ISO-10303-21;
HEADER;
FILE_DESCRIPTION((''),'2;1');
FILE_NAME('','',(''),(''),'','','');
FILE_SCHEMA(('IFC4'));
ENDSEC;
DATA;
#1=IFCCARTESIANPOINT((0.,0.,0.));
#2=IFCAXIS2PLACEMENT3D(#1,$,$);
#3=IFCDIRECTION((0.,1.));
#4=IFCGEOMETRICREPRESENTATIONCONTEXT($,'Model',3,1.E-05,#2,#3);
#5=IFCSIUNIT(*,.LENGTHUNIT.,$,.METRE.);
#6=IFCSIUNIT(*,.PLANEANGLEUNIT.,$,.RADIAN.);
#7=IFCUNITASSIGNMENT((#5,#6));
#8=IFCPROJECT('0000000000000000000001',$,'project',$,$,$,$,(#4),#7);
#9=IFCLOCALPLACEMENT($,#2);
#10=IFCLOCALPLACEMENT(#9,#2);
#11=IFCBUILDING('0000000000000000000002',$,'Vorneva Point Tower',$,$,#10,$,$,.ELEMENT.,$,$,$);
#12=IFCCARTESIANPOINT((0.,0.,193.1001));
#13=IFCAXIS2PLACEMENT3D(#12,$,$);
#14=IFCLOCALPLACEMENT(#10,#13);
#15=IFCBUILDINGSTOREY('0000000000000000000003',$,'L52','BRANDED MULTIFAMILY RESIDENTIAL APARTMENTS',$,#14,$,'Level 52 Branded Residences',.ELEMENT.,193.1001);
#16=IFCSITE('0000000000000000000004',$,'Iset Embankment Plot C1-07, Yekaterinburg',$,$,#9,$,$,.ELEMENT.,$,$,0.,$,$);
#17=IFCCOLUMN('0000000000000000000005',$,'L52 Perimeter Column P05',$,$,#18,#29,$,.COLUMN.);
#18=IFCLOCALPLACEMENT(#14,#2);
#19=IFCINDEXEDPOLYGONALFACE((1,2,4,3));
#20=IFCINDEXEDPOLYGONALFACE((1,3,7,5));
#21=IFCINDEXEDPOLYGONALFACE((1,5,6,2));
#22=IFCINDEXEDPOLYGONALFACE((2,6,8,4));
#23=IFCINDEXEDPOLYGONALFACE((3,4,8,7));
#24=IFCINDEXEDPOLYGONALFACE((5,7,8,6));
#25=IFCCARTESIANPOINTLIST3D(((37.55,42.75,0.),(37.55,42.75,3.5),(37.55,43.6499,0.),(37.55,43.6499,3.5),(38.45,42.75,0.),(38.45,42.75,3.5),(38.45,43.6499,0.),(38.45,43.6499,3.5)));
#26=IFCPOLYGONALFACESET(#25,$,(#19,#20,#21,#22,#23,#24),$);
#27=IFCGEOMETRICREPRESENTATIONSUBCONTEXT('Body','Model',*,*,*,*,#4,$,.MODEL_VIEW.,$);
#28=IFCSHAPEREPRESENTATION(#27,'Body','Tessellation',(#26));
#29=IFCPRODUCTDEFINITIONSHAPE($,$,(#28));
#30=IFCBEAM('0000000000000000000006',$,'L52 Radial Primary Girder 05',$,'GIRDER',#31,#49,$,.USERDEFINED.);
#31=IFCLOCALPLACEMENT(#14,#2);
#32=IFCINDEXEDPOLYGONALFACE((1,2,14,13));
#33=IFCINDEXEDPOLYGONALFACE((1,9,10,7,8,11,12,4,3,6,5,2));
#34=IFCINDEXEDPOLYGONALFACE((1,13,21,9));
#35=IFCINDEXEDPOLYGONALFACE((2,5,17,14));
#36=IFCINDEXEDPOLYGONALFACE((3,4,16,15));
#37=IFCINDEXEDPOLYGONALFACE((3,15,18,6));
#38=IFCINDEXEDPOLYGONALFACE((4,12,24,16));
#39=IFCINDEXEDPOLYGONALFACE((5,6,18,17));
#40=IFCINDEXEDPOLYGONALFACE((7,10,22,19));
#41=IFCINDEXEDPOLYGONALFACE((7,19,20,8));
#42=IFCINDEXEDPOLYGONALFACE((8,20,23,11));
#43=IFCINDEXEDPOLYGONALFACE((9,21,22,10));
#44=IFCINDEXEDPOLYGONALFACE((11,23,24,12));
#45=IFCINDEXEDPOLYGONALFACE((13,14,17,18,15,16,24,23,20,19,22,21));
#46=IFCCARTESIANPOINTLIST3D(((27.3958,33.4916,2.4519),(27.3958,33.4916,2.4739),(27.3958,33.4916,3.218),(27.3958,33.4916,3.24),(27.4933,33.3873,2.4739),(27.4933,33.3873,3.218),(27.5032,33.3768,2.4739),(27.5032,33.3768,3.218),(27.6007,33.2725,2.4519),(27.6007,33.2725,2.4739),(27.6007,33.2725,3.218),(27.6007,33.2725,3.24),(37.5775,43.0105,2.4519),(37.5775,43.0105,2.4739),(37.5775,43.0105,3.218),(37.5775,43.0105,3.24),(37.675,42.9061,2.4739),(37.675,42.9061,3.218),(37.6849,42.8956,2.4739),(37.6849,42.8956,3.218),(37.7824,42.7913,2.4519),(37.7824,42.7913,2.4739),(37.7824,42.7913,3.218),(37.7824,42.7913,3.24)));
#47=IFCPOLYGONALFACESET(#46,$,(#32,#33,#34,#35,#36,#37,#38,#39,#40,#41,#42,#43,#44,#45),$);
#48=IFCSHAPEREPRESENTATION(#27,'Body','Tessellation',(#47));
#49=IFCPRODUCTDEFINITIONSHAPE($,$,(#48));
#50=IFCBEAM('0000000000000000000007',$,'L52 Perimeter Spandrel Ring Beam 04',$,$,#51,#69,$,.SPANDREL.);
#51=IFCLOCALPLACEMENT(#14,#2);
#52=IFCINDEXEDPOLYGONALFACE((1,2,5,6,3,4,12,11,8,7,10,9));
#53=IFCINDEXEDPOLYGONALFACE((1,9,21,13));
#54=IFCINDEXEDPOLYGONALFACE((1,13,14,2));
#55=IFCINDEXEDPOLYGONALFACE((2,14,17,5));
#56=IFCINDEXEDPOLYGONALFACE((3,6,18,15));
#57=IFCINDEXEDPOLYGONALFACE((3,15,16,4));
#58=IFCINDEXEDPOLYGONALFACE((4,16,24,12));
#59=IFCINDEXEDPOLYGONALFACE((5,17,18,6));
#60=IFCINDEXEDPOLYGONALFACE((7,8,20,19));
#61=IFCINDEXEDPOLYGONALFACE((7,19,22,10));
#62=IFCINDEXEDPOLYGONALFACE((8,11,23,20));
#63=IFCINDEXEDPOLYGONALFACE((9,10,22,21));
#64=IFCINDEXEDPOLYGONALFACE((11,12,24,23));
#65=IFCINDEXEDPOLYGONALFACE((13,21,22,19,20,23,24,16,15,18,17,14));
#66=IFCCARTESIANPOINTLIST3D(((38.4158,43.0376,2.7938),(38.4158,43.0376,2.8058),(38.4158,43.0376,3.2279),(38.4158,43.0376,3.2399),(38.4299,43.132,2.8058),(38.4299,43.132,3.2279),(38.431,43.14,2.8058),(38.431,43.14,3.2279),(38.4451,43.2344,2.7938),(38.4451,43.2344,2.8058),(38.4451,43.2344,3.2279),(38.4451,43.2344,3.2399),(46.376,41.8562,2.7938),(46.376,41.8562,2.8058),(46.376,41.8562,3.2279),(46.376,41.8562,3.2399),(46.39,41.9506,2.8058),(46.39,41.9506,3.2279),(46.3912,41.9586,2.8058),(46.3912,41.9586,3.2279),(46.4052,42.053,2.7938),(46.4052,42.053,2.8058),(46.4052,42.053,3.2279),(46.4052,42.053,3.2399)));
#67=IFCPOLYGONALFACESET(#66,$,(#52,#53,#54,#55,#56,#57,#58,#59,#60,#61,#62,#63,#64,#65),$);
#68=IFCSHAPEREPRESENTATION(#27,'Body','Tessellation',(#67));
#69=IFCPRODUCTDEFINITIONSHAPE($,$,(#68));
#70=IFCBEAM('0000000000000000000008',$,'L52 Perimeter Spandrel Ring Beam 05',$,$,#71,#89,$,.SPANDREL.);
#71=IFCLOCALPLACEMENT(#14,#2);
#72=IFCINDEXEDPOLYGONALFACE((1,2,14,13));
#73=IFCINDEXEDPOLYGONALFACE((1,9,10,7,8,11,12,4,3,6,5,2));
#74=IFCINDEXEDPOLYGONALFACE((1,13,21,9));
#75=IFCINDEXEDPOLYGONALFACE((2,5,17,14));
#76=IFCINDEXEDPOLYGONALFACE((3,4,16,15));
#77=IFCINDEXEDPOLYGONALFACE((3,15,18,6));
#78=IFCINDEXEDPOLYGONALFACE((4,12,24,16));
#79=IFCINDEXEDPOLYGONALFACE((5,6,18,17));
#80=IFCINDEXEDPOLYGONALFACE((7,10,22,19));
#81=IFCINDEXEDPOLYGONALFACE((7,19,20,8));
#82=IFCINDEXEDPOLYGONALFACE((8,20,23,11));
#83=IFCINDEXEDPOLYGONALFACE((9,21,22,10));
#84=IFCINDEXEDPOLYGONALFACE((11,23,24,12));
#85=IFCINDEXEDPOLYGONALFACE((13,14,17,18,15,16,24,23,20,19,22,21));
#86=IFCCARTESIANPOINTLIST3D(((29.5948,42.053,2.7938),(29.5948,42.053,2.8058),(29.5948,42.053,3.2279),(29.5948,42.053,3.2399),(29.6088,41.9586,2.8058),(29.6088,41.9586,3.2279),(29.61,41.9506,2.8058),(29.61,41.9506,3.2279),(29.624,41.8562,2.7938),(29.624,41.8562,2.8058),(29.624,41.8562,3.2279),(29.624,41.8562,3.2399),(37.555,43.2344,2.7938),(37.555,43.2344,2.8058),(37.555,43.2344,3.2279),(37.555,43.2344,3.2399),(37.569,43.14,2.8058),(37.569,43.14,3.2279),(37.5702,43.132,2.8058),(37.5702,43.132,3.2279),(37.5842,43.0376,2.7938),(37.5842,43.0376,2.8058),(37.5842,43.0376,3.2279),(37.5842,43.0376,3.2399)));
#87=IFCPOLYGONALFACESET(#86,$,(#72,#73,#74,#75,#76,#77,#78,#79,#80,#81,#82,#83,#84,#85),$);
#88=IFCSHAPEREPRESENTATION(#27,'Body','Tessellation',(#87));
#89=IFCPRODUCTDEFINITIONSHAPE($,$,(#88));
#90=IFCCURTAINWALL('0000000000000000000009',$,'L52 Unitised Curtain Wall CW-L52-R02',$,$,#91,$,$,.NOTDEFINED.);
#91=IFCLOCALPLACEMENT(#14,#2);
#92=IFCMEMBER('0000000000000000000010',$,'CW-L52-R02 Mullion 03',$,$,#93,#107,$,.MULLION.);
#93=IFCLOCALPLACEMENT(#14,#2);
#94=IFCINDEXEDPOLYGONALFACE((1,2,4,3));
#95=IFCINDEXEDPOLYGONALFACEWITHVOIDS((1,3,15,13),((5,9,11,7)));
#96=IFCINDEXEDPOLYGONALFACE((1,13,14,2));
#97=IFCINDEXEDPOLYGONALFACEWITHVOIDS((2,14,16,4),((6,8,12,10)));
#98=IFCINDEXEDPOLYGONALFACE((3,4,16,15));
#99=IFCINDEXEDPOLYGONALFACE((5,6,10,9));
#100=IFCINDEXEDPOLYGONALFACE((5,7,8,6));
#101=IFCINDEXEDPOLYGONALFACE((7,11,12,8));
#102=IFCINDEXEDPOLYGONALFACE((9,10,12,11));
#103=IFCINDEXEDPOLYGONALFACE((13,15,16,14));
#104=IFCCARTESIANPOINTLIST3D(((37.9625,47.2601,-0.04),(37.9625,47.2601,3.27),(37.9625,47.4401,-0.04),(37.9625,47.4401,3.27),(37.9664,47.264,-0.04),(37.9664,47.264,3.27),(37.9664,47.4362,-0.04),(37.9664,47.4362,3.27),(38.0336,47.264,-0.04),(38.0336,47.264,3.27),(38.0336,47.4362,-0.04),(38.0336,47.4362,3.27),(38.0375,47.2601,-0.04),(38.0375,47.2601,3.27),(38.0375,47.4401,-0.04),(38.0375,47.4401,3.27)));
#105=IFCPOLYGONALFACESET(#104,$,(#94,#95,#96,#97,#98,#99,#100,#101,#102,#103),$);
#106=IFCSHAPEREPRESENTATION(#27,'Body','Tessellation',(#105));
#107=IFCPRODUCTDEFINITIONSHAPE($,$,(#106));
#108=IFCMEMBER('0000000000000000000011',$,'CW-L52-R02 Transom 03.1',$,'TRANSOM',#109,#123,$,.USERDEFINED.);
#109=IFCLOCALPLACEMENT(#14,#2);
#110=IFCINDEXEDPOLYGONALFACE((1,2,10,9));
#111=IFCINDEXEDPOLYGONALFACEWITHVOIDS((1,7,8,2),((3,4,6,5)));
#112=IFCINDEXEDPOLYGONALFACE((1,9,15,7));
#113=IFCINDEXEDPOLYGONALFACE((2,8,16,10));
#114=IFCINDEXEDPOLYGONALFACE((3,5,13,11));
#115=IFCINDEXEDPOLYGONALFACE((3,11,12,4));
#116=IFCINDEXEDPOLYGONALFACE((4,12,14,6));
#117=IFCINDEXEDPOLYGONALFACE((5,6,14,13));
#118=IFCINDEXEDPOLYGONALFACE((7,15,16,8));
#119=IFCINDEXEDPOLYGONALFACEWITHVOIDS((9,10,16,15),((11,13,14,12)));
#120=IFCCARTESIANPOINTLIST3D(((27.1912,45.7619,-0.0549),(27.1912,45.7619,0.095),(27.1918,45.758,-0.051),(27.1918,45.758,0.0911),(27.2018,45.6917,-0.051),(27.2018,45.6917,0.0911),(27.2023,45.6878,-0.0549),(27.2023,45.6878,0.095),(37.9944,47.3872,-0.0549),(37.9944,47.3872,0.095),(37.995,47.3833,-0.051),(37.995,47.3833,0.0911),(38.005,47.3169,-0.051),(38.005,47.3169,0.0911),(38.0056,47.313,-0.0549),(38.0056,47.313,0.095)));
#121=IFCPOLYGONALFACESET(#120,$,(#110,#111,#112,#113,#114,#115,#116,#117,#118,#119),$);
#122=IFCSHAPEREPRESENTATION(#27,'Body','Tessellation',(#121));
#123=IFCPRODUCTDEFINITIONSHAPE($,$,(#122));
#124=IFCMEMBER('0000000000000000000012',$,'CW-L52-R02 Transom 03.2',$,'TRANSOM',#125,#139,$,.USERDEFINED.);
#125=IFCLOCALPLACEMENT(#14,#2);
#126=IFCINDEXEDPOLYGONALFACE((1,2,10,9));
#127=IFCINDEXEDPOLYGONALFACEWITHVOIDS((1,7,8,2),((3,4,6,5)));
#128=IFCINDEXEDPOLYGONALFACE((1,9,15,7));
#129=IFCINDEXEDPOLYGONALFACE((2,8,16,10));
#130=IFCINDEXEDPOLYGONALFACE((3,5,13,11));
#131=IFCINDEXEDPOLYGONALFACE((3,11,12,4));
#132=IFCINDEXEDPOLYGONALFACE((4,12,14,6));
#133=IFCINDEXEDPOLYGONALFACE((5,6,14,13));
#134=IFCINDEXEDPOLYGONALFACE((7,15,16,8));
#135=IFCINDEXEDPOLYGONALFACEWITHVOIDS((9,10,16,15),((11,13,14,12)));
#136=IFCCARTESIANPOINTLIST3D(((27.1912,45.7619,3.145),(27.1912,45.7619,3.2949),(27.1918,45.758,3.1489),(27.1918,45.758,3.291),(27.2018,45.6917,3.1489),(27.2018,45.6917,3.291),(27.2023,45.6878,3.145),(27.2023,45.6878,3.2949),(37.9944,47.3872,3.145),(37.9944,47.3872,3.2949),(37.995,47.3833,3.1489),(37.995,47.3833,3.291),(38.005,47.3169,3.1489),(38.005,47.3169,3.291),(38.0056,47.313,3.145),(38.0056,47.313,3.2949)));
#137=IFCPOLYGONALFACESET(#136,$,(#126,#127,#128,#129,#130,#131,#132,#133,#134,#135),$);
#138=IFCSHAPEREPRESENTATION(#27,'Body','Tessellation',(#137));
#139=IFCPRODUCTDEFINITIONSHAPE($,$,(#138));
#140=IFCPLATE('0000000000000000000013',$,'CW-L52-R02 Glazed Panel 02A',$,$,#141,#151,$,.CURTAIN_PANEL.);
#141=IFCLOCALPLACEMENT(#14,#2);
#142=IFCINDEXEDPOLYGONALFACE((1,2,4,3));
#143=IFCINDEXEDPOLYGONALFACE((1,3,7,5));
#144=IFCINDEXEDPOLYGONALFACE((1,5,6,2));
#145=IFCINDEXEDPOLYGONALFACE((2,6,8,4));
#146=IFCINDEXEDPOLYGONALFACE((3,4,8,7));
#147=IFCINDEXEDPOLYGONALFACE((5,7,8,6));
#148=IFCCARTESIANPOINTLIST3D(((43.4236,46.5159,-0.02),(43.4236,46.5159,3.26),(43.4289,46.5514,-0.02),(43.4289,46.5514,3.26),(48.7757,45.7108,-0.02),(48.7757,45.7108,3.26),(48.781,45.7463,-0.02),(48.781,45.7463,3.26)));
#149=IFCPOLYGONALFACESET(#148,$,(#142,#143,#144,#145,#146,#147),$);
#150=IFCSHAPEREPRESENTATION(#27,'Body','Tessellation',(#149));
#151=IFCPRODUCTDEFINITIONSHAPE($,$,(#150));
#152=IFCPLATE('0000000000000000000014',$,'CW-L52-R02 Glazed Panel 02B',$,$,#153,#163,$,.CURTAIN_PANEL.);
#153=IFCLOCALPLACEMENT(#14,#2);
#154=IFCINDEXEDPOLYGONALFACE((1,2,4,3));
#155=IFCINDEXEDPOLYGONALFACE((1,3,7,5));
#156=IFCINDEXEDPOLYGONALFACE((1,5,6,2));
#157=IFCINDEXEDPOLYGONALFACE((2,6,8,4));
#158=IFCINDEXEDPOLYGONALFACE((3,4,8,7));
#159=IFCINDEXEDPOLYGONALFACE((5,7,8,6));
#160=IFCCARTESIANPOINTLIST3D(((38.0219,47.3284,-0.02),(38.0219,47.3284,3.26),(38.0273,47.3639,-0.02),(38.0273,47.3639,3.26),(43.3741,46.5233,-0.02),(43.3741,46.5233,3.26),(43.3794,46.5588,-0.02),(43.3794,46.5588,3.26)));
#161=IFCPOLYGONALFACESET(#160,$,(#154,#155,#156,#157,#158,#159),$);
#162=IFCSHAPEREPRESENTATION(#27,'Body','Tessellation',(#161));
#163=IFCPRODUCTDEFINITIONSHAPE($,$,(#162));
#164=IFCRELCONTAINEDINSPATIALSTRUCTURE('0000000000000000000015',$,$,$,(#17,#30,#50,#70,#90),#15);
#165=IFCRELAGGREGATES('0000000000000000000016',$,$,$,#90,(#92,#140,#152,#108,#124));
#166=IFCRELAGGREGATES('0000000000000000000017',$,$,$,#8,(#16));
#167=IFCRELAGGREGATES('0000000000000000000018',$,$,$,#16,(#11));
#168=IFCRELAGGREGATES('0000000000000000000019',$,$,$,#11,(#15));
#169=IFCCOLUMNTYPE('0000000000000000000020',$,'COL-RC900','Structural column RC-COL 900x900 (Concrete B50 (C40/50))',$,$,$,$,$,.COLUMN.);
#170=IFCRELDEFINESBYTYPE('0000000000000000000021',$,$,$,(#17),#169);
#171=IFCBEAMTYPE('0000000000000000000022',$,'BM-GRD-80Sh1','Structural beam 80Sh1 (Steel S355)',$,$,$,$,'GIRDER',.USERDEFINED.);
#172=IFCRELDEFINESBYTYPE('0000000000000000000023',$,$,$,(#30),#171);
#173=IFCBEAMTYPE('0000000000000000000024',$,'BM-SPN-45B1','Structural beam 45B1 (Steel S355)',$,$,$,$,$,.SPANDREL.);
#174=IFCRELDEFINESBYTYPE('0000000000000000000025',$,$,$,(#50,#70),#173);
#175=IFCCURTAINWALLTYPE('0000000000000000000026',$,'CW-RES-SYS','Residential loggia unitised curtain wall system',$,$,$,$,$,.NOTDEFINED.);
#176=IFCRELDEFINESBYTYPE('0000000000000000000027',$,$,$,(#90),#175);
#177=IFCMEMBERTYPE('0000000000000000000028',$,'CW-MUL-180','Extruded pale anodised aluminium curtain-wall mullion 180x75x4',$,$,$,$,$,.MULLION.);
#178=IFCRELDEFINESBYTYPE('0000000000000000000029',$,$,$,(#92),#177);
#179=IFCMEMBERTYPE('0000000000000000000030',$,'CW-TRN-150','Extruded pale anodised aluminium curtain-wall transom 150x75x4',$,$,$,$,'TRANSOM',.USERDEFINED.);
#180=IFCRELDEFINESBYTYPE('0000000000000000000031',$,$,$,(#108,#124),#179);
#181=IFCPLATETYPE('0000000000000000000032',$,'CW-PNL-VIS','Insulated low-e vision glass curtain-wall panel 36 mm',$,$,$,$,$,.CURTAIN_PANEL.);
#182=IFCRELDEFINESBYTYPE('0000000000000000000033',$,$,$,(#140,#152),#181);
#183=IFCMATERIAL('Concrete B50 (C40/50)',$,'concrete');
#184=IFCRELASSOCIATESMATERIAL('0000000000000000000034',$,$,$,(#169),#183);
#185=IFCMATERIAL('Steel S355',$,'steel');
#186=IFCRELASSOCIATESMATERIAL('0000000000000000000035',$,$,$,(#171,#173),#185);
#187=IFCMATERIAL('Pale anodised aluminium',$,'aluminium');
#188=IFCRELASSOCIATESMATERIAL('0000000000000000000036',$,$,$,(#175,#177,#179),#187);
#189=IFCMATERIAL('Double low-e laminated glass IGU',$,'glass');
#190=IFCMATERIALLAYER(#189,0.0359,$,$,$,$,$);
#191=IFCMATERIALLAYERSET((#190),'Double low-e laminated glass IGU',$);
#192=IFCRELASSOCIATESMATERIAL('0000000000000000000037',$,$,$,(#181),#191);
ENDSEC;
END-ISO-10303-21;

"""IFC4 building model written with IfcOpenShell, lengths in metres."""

from ifc_helpers import new_model, si_unit, direction, frame, origin, origin_2d, place, context, subcontext, project, spatial, rectangle, hollow_rectangle, i_section, extrude, material, layer, layer_set, material_profile, profile_set, type_object, element, aggregate, save


model = new_model("IFC4")

# Units and contexts
model_context = context("Model", 3, precision=1e-05, world=origin(), true_north=direction((0.0, 1.0)))
body_context = subcontext(model_context, "Body", "Model", "MODEL_VIEW")
ifc_project = project(units=[si_unit("LENGTHUNIT", "METRE"), si_unit("PLANEANGLEUNIT", "RADIAN")], contexts=[model_context])

# Site, building, storey
site_placement = place(None, origin())
site = spatial("IfcSite", under=ifc_project, at=site_placement, Name="Iset Embankment Plot C1-07, Yekaterinburg", CompositionType="ELEMENT", RefElevation=0.0)
building_placement = place(site_placement, origin())
building = spatial("IfcBuilding", under=site, at=building_placement, Name="Vorneva Point Tower", CompositionType="ELEMENT")
storey_placement = place(building_placement, frame((0.0, 0.0, 193.1001)))
storey = spatial("IfcBuildingStorey", under=building, at=storey_placement, Name="L52", Description="BRANDED MULTIFAMILY RESIDENTIAL APARTMENTS", LongName="Level 52 Branded Residences", CompositionType="ELEMENT", Elevation=193.1001)

# Column
ifc_material_1 = material(Name="Concrete B50 (C40/50)", Category="concrete")
ifc_material_profile_1 = material_profile(ifc_material_1, rectangle(XDim=0.8999, YDim=0.8999, at=origin_2d()), Name="RC-COL 900x900")
ifc_profile_set_1 = profile_set([ifc_material_profile_1], Name="Concrete B50 (C40/50)")
column_type = type_object("IfcColumnType", Name="COL-RC900", Description="Structural column RC-COL 900x900 (Concrete B50 (C40/50))", PredefinedType="COLUMN", material=ifc_profile_set_1)
column_placement = place(storey_placement, frame((38.0, 43.2, 0.0), z_axis=(0.0, 0.0, 1.0), x_axis=(0.0, 1.0, 0.0)))
element("IfcColumn", 1, at=column_placement, inside=storey, type_object=column_type, Name="L52 Perimeter Column P05", PredefinedType="COLUMN", context=body_context, shape_type="SweptSolid", body=[
    extrude(rectangle(XDim=0.8999, YDim=0.8999, at=origin_2d()), origin(), (0.0, 0.0, 1.0), 3.5),
])

# Beams
ifc_material_2 = material(Name="Steel S355", Category="steel")
ifc_material_profile_2 = material_profile(ifc_material_2, i_section(OverallWidth=0.3, OverallDepth=0.7881, WebThickness=0.0144, FlangeThickness=0.022, at=origin_2d()), Name="80Sh1")
ifc_profile_set_2 = profile_set([ifc_material_profile_2], Name="Steel S355")
beam_type_1 = type_object("IfcBeamType", Name="BM-GRD-80Sh1", Description="Structural beam 80Sh1 (Steel S355)", ElementType="GIRDER", PredefinedType="USERDEFINED", material=ifc_profile_set_2)
beam_placement = place(storey_placement, frame((37.6799, 42.9009, 2.8459), z_axis=(-0.730485, -0.682929, 0.0), x_axis=(0.682929, -0.730485, 0.0)))
element("IfcBeam", 2, at=beam_placement, inside=storey, type_object=beam_type_1, Name="L52 Radial Primary Girder 05", ObjectType="GIRDER", PredefinedType="USERDEFINED", context=body_context, shape_type="SweptSolid", body=[
    extrude(i_section(OverallWidth=0.3, OverallDepth=0.7881, WebThickness=0.0144, FlangeThickness=0.022, at=origin_2d()), origin(), (0.0, 0.0, 1.0), 13.9382),
])
ifc_material_profile_3 = material_profile(ifc_material_2, i_section(OverallWidth=0.199, OverallDepth=0.446, WebThickness=0.0081, FlangeThickness=0.012, at=origin_2d()), Name="45B1")
ifc_profile_set_3 = profile_set([ifc_material_profile_3], Name="Steel S355")
beam_type_2 = type_object("IfcBeamType", Name="BM-SPN-45B1", Description="Structural beam 45B1 (Steel S355)", PredefinedType="SPANDREL", material=ifc_profile_set_3)
for number, where, z_axis, x_axis, name in (
    (3, (46.3906, 41.9546, 3.0168), (-0.989165, 0.146805, 0.0), (-0.146805, -0.989165, 0.0), "L52 Perimeter Spandrel Ring Beam 04"),
    (4, (37.5696, 43.136, 3.0168), (-0.989165, -0.146805, 0.0), (0.146805, -0.989165, 0.0), "L52 Perimeter Spandrel Ring Beam 05"),
):
    element("IfcBeam", number, at=place(storey_placement, frame(where, z_axis=z_axis, x_axis=x_axis)), inside=storey, type_object=beam_type_2, Name=name, PredefinedType="SPANDREL", context=body_context, shape_type="SweptSolid", body=[
        extrude(i_section(OverallWidth=0.199, OverallDepth=0.446, WebThickness=0.0081, FlangeThickness=0.012, at=origin_2d()), origin(), (0.0, 0.0, 1.0), 8.0474),
    ])

# Curtain wall, members, plates
ifc_material_3 = material(Name="Pale anodised aluminium", Category="aluminium")
curtain_wall_type = type_object("IfcCurtainWallType", Name="CW-RES-SYS", Description="Residential loggia unitised curtain wall system", PredefinedType="NOTDEFINED", material=ifc_material_3)
curtain_wall_placement = place(storey_placement, origin())
curtain_wall = element("IfcCurtainWall", 5, at=curtain_wall_placement, inside=storey, type_object=curtain_wall_type, Name="L52 Unitised Curtain Wall CW-L52-R02", PredefinedType="NOTDEFINED")
ifc_material_profile_4 = material_profile(ifc_material_3, hollow_rectangle(XDim=0.075, YDim=0.1799, WallThickness=0.0039, at=origin_2d()), Name="AL-MUL 180x75x4")
ifc_profile_set_4 = profile_set([ifc_material_profile_4], Name="Pale anodised aluminium")
member_type_1 = type_object("IfcMemberType", Name="CW-MUL-180", Description="Extruded pale anodised aluminium curtain-wall mullion 180x75x4", PredefinedType="MULLION", material=ifc_profile_set_4)
member_1_placement = place(storey_placement, frame((38.0, 47.3501, -0.04), z_axis=(0.0, 0.0, 1.0), x_axis=(1.0, 0.0, 0.0)))
member_1 = element("IfcMember", 6, at=member_1_placement, type_object=member_type_1, Name="CW-L52-R02 Mullion 03", PredefinedType="MULLION", context=body_context, shape_type="SweptSolid", body=[
    extrude(hollow_rectangle(XDim=0.075, YDim=0.1799, WallThickness=0.0039, at=origin_2d()), origin(), (0.0, 0.0, 1.0), 3.3101),
])
ifc_material_profile_5 = material_profile(ifc_material_3, hollow_rectangle(XDim=0.075, YDim=0.1499, WallThickness=0.0039, at=origin_2d()), Name="AL-TRN 150x75x4")
ifc_profile_set_5 = profile_set([ifc_material_profile_5], Name="Pale anodised aluminium")
member_type_2 = type_object("IfcMemberType", Name="CW-TRN-150", Description="Extruded pale anodised aluminium curtain-wall transom 150x75x4", ElementType="TRANSOM", PredefinedType="USERDEFINED", material=ifc_profile_set_5)
member_2_placement = place(storey_placement, frame((38.0, 47.3501, 0.02), z_axis=(-0.988872, -0.148767, 0.0), x_axis=(0.148767, -0.988872, 0.0)))
member_2 = element("IfcMember", 7, at=member_2_placement, type_object=member_type_2, Name="CW-L52-R02 Transom 03.1", ObjectType="TRANSOM", PredefinedType="USERDEFINED", context=body_context, shape_type="SweptSolid", body=[
    extrude(hollow_rectangle(XDim=0.075, YDim=0.1499, WallThickness=0.0039, at=origin_2d()), origin(), (0.0, 0.0, 1.0), 10.9248),
])
member_3_placement = place(storey_placement, frame((38.0, 47.3501, 3.22), z_axis=(-0.988872, -0.148767, 0.0), x_axis=(0.148767, -0.988872, 0.0)))
member_3 = element("IfcMember", 8, at=member_3_placement, type_object=member_type_2, Name="CW-L52-R02 Transom 03.2", ObjectType="TRANSOM", PredefinedType="USERDEFINED", context=body_context, shape_type="SweptSolid", body=[
    extrude(hollow_rectangle(XDim=0.075, YDim=0.1499, WallThickness=0.0039, at=origin_2d()), origin(), (0.0, 0.0, 1.0), 10.9248),
])
ifc_material_4 = material(Name="Double low-e laminated glass IGU", Category="glass")
ifc_layer_1 = layer(ifc_material_4, 0.0359)
ifc_layer_set_1 = layer_set([ifc_layer_1], Name="Double low-e laminated glass IGU")
plate_type = type_object("IfcPlateType", Name="CW-PNL-VIS", Description="Insulated low-e vision glass curtain-wall panel 36 mm", PredefinedType="CURTAIN_PANEL", material=ifc_layer_set_1)
plate_1_placement = place(storey_placement, frame((46.1023, 46.1311, -0.02), z_axis=(0.0, 0.0, 1.0), x_axis=(-0.988874, 0.148759, 0.0)))
plate_1 = element("IfcPlate", 9, at=plate_1_placement, type_object=plate_type, Name="CW-L52-R02 Glazed Panel 02A", PredefinedType="CURTAIN_PANEL", context=body_context, shape_type="SweptSolid", body=[
    extrude(rectangle(XDim=5.4124, YDim=0.0359, at=origin_2d()), origin(), (0.0, 0.0, 1.0), 3.28),
])
plate_2_placement = place(storey_placement, frame((40.7007, 46.9436, -0.02), z_axis=(0.0, 0.0, 1.0), x_axis=(-0.988874, 0.148759, 0.0)))
plate_2 = element("IfcPlate", 10, at=plate_2_placement, type_object=plate_type, Name="CW-L52-R02 Glazed Panel 02B", PredefinedType="CURTAIN_PANEL", context=body_context, shape_type="SweptSolid", body=[
    extrude(rectangle(XDim=5.4124, YDim=0.0359, at=origin_2d()), origin(), (0.0, 0.0, 1.0), 3.28),
])
aggregate(curtain_wall, [member_1, plate_1, plate_2, member_2, member_3])

save(model, "model.ifc")
